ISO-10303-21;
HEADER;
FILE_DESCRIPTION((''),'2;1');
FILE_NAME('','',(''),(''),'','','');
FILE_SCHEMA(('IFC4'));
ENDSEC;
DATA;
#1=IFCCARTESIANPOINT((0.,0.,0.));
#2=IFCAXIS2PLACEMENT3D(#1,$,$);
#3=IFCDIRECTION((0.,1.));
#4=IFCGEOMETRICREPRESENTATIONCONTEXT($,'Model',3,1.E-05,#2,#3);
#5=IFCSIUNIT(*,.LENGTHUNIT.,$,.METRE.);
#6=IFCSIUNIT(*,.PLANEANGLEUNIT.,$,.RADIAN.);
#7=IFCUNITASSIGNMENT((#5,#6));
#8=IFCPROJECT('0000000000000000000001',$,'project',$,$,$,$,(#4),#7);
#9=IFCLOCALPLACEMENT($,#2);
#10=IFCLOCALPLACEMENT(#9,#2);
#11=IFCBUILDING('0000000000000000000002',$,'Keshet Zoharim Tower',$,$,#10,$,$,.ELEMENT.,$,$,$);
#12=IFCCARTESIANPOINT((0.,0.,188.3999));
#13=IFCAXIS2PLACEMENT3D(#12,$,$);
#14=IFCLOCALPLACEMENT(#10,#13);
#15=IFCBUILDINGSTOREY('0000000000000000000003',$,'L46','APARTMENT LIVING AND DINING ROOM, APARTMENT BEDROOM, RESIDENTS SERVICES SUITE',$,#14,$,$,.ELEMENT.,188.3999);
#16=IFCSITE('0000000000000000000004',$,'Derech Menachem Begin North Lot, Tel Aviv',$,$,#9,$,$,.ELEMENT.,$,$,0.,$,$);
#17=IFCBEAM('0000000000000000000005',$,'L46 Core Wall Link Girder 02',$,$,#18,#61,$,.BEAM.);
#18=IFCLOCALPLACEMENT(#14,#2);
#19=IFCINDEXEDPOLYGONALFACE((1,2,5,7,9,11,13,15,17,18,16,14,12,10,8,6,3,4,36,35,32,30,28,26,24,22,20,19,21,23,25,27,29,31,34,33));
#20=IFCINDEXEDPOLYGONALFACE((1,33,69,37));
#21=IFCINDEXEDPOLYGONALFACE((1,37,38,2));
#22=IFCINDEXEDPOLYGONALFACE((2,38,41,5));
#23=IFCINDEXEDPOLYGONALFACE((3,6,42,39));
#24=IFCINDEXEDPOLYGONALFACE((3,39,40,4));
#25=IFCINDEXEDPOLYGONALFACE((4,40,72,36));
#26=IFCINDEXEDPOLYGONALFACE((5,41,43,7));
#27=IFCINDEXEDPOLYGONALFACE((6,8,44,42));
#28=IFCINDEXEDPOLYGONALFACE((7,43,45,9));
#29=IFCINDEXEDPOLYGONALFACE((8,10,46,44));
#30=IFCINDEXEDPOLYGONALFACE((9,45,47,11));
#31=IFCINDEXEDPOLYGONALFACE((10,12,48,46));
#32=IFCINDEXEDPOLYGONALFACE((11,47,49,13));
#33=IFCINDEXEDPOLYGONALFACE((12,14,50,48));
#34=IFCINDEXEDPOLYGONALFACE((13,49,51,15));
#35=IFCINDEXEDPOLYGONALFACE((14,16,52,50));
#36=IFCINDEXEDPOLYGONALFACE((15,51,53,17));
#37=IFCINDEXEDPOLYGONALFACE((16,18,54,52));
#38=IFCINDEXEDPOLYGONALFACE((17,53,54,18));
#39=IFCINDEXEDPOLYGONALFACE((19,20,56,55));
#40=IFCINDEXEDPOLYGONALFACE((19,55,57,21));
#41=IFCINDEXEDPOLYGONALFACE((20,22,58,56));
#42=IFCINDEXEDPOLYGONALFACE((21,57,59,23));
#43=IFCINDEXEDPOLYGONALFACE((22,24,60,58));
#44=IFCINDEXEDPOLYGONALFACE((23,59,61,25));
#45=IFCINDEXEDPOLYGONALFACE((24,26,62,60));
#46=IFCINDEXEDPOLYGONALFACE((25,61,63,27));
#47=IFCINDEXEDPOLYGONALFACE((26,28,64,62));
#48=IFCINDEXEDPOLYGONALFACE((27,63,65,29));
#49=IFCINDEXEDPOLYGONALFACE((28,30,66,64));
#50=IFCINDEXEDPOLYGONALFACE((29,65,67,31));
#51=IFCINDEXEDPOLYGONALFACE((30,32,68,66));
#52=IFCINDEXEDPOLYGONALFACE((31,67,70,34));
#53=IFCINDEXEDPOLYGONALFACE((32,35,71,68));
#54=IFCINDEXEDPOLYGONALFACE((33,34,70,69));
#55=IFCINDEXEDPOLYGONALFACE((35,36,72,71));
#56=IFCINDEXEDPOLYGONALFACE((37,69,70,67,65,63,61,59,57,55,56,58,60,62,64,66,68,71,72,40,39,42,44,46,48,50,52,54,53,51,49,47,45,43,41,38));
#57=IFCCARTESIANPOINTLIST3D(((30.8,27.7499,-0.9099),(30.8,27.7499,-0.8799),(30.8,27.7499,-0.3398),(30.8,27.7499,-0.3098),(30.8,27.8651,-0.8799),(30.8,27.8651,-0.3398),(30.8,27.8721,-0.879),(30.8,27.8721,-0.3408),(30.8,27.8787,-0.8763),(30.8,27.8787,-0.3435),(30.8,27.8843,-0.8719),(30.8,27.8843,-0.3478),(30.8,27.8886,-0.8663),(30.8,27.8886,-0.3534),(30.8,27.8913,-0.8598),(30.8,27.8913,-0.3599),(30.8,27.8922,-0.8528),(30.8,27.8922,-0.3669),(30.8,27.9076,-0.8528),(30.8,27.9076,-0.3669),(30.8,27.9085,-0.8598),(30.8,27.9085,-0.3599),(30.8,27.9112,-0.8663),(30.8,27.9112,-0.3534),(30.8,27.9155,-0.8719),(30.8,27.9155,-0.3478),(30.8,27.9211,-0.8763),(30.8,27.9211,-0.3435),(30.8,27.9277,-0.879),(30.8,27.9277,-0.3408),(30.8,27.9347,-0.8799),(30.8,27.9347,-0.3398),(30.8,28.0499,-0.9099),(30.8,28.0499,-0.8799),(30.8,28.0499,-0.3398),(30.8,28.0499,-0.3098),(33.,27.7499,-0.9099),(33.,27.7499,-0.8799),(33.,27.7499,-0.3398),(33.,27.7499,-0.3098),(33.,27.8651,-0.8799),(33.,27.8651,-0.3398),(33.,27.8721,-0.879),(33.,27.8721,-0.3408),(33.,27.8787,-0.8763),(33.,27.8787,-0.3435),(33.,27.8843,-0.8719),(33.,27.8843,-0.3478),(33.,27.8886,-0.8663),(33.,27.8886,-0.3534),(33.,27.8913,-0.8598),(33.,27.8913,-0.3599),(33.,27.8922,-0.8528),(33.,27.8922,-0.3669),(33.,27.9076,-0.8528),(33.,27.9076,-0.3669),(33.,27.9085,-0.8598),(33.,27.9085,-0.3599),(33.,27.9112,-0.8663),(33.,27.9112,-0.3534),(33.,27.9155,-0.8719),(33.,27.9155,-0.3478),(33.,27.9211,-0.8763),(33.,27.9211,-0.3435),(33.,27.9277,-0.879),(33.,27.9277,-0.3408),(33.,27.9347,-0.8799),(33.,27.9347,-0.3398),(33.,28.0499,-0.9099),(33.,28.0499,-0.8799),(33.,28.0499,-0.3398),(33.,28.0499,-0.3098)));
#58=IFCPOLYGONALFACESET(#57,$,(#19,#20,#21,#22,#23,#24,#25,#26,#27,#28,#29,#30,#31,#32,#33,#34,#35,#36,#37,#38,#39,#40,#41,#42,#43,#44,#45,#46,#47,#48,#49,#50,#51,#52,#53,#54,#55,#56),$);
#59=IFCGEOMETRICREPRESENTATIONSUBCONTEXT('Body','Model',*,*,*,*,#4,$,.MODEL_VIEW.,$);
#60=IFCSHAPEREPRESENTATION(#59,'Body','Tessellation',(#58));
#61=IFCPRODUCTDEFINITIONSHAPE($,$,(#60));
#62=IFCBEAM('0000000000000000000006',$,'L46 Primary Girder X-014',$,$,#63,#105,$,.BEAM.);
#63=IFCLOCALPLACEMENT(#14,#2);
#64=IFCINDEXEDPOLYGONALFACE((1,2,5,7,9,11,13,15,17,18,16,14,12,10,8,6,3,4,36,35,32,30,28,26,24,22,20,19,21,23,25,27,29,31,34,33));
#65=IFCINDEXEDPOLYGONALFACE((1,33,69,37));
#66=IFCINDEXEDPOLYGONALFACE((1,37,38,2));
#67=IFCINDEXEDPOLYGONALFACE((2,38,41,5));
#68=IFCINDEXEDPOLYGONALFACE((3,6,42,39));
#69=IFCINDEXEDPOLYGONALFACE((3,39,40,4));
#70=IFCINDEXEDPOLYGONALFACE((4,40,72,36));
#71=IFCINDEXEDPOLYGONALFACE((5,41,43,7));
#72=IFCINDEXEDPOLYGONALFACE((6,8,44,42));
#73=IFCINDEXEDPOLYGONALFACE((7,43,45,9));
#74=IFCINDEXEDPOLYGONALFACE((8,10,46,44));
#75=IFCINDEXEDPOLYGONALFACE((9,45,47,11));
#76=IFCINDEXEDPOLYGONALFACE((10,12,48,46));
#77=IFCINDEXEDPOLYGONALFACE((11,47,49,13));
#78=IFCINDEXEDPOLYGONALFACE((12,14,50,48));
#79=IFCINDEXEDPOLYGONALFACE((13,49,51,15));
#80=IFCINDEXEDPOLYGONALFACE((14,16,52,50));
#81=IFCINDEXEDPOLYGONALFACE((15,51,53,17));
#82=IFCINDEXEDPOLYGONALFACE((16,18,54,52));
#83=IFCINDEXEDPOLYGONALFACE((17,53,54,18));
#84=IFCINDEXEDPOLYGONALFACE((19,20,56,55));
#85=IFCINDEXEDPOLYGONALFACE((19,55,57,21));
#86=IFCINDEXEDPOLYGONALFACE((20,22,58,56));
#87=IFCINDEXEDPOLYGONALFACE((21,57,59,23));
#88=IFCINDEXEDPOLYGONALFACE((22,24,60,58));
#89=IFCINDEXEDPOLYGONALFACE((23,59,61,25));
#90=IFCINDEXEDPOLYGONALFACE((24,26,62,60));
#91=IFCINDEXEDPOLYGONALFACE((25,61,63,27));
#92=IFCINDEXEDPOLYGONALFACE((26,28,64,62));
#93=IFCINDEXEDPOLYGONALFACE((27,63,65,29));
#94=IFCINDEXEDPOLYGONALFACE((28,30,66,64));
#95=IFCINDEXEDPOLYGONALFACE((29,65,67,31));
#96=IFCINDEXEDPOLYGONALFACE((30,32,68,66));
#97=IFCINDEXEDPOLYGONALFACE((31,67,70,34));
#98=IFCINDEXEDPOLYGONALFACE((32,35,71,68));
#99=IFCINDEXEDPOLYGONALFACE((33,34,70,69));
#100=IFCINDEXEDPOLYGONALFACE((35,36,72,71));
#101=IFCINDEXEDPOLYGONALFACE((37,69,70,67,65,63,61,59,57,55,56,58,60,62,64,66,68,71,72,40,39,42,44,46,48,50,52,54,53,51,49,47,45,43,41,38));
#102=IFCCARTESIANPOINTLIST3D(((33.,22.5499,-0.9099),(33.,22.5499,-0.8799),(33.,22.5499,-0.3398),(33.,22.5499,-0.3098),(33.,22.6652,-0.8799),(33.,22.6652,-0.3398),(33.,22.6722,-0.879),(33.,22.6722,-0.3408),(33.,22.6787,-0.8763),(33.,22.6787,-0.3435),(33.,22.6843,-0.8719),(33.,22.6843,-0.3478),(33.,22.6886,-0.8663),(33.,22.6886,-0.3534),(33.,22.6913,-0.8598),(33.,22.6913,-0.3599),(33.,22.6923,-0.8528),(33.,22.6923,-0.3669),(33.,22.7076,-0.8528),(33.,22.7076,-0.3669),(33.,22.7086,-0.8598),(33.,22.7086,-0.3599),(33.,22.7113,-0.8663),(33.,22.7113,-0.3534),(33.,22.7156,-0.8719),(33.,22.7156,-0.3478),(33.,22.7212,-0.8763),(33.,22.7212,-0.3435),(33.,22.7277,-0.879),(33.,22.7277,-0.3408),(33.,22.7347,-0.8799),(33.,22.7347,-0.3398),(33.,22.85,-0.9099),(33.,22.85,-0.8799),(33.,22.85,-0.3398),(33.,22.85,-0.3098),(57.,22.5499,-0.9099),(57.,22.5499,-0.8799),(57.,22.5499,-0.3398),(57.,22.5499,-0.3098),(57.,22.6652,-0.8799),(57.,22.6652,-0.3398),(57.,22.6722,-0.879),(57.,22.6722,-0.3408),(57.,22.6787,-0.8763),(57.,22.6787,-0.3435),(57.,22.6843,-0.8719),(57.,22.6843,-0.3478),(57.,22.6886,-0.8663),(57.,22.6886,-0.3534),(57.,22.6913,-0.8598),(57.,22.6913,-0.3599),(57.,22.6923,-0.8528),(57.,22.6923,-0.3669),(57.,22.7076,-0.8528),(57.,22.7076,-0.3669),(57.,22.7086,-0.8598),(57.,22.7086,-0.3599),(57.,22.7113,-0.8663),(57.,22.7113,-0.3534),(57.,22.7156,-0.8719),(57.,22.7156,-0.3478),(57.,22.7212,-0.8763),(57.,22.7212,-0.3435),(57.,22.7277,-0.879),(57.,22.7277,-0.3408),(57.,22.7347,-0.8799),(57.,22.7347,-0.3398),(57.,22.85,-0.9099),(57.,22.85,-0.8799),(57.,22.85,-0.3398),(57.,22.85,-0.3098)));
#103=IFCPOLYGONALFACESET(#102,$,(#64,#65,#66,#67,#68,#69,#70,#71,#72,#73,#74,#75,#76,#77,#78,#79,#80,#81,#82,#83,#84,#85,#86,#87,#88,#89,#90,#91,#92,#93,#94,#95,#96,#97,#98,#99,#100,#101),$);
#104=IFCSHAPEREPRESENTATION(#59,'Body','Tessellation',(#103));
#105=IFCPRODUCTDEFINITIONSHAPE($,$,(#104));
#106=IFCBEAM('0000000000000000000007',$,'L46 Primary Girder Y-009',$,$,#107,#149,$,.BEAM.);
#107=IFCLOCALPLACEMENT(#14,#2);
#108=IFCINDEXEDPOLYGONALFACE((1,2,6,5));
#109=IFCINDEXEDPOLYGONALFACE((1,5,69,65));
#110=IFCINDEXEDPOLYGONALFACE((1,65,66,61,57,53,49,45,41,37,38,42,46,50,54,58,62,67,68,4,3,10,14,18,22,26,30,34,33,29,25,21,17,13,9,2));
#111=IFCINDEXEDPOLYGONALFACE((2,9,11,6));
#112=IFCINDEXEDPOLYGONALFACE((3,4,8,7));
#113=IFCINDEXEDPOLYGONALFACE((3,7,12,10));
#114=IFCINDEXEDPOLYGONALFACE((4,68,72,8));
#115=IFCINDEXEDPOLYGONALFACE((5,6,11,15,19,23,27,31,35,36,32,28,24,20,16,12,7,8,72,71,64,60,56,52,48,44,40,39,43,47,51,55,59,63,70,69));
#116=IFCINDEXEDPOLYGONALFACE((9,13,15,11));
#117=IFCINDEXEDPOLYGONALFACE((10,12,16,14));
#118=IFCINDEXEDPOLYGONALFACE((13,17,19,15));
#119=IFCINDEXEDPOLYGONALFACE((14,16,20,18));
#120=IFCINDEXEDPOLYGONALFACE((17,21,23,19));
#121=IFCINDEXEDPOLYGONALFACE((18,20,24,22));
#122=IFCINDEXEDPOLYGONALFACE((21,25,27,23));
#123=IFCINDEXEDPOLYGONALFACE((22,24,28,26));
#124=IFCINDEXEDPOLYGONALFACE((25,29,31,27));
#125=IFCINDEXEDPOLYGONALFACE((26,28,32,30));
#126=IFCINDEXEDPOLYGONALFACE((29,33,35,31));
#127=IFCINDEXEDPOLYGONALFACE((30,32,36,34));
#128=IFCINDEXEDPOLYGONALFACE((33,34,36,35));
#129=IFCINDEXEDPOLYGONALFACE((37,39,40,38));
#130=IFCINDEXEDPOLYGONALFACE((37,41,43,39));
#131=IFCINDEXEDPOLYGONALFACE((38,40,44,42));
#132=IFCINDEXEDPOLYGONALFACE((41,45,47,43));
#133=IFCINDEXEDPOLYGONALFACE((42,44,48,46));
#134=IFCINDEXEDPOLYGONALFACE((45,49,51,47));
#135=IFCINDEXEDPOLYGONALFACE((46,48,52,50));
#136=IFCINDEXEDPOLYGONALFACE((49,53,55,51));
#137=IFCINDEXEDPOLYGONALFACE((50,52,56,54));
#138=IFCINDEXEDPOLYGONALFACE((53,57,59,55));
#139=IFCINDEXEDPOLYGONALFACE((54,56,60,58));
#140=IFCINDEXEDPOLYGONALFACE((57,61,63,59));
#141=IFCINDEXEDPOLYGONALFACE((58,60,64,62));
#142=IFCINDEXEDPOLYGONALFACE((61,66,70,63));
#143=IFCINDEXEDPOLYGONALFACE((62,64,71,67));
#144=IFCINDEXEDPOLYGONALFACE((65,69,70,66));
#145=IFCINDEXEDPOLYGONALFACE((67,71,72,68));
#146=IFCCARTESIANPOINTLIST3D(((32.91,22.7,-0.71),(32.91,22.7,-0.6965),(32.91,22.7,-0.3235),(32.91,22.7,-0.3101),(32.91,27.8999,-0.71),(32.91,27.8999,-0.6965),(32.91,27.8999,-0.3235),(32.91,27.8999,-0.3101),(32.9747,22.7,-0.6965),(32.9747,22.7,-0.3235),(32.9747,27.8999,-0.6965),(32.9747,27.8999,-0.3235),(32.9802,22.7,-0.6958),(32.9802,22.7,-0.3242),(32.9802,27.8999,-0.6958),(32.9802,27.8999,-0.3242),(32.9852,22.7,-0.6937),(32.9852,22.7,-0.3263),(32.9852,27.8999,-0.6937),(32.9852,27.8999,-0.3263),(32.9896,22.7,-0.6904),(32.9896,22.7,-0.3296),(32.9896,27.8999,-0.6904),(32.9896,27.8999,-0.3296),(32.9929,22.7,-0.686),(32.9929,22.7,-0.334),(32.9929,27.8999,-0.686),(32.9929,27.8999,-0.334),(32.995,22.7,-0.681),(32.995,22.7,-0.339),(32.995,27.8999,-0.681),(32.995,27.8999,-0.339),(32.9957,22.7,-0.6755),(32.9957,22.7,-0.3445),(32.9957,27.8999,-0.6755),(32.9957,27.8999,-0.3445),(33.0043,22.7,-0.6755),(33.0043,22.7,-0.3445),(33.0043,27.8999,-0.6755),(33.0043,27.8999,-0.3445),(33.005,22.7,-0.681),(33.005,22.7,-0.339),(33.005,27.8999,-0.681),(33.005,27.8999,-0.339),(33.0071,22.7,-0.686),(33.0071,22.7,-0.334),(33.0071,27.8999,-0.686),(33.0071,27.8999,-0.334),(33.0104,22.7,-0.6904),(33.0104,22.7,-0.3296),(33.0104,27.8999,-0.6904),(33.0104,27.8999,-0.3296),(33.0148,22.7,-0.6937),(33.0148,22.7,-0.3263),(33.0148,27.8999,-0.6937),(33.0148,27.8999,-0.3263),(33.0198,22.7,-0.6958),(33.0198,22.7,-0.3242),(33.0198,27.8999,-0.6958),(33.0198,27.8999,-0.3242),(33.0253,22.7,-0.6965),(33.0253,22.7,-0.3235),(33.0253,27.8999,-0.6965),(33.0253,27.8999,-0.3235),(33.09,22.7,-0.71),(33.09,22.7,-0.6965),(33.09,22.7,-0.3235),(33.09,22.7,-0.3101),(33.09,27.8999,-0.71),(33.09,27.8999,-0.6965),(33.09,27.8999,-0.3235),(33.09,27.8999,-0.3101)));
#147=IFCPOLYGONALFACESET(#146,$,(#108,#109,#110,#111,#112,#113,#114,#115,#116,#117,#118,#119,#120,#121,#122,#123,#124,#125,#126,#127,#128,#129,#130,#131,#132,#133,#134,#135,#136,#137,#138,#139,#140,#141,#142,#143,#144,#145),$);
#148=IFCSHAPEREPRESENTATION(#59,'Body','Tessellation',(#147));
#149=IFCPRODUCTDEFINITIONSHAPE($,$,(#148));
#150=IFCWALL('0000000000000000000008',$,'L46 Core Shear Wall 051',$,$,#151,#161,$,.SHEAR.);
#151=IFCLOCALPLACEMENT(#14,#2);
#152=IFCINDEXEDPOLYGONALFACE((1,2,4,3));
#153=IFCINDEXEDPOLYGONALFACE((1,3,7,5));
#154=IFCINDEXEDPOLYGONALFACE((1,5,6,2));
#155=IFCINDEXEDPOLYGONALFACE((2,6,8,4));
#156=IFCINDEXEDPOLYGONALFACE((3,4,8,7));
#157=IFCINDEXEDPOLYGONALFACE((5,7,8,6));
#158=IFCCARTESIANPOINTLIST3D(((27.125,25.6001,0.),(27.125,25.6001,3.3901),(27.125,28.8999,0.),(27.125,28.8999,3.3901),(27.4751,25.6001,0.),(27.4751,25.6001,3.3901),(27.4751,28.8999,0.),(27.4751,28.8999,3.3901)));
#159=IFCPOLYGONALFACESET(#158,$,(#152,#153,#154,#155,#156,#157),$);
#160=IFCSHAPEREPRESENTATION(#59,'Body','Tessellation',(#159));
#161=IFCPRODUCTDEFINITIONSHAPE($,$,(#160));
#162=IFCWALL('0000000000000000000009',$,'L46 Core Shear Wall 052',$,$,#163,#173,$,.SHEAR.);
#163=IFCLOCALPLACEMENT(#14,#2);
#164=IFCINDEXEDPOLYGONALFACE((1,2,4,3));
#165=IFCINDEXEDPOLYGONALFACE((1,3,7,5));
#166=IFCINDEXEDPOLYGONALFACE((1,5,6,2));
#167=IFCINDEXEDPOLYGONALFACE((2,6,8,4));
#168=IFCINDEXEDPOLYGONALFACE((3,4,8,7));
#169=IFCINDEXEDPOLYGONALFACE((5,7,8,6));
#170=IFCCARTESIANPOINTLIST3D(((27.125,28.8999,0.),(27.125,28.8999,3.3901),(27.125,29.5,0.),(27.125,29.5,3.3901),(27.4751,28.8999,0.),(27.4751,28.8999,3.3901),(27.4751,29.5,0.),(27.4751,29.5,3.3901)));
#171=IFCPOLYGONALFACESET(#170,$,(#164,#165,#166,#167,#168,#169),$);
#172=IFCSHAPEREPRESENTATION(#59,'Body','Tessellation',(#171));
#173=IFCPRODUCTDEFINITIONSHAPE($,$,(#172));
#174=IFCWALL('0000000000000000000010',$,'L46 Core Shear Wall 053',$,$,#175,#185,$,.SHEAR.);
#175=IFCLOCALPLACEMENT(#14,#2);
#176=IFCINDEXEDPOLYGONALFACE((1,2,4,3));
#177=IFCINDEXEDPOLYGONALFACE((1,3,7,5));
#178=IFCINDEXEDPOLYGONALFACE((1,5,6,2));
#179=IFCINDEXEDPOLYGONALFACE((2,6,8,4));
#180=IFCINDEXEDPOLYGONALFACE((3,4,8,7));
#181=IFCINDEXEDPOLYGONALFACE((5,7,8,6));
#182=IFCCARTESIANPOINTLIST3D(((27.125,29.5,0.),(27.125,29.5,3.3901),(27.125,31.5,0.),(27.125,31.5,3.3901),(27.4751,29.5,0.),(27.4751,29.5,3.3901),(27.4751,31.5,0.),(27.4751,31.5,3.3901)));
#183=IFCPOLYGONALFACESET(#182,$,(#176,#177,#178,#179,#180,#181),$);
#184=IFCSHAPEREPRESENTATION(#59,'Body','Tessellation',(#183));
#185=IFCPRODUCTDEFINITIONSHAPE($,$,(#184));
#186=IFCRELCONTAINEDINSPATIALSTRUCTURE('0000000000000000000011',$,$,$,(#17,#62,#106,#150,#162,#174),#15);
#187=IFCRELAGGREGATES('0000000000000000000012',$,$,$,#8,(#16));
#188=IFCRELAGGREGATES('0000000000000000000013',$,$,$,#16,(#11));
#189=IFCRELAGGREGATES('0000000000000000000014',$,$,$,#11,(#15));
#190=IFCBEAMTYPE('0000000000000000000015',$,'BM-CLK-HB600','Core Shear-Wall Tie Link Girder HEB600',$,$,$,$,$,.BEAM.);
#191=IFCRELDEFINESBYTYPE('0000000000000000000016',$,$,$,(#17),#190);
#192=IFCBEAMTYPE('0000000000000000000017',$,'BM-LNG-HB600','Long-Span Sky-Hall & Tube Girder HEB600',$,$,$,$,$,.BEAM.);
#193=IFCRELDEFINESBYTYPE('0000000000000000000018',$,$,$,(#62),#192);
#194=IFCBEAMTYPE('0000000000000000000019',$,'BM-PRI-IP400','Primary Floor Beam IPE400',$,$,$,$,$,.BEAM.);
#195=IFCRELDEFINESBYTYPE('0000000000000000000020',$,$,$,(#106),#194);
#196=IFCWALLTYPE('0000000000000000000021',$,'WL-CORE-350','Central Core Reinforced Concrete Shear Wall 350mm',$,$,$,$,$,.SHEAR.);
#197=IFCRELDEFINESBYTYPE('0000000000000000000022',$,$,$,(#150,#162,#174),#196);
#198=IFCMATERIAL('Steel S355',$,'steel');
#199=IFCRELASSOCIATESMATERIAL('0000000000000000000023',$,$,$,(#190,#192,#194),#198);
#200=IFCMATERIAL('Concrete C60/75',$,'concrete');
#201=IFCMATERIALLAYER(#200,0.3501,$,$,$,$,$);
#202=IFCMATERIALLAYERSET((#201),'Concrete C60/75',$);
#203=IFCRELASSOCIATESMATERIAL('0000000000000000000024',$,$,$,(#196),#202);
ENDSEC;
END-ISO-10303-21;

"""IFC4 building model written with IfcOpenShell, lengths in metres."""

from ifc_helpers import new_model, si_unit, direction, frame, frame_2d, origin, origin_2d, place, context, subcontext, project, spatial, rectangle, i_section, extrude, material, layer, layer_set, material_profile, profile_set, type_object, element, save


model = new_model("IFC4")

# Units and contexts
model_context = context("Model", 3, precision=1e-05, world=origin(), true_north=direction((0.0, 1.0)))
body_context = subcontext(model_context, "Body", "Model", "MODEL_VIEW")
ifc_project = project(units=[si_unit("LENGTHUNIT", "METRE"), si_unit("PLANEANGLEUNIT", "RADIAN")], contexts=[model_context])

# Site, building, storey
site_placement = place(None, origin())
site = spatial("IfcSite", under=ifc_project, at=site_placement, Name="Derech Menachem Begin North Lot, Tel Aviv", CompositionType="ELEMENT", RefElevation=0.0)
building_placement = place(site_placement, origin())
building = spatial("IfcBuilding", under=site, at=building_placement, Name="Keshet Zoharim Tower", CompositionType="ELEMENT")
storey_placement = place(building_placement, frame((0.0, 0.0, 188.3999)))
storey = spatial("IfcBuildingStorey", under=building, at=storey_placement, Name="L46", Description="APARTMENT LIVING AND DINING ROOM, APARTMENT BEDROOM, RESIDENTS SERVICES SUITE", CompositionType="ELEMENT", Elevation=188.3999)

# Beams
ifc_material_1 = material(Name="Steel S355", Category="steel")
ifc_material_profile_1 = material_profile(ifc_material_1, i_section(OverallWidth=0.3, OverallDepth=0.6001, WebThickness=0.0154, FlangeThickness=0.03, FilletRadius=0.0271, at=origin_2d()), Name="HEB600")
ifc_profile_set_1 = profile_set([ifc_material_profile_1], Name="Steel S355")
beam_type_1 = type_object("IfcBeamType", Name="BM-CLK-HB600", Description="Core Shear-Wall Tie Link Girder HEB600", PredefinedType="BEAM", material=ifc_profile_set_1)
beam_1_placement = place(storey_placement, frame((30.8, 27.8999, -0.6099), z_axis=(1.0, 0.0, 0.0), x_axis=(0.0, 1.0, 0.0)))
element("IfcBeam", 1, at=beam_1_placement, inside=storey, type_object=beam_type_1, Name="L46 Core Wall Link Girder 02", PredefinedType="BEAM", context=body_context, shape_type="SweptSolid", body=[
    extrude(i_section(OverallWidth=0.3, OverallDepth=0.6001, WebThickness=0.0154, FlangeThickness=0.03, FilletRadius=0.0271, at=origin_2d()), origin(), (0.0, 0.0, 1.0), 2.2),
])
ifc_material_profile_2 = material_profile(ifc_material_1, i_section(OverallWidth=0.3, OverallDepth=0.6001, WebThickness=0.0154, FlangeThickness=0.03, FilletRadius=0.0271, at=origin_2d()), Name="HEB600")
ifc_profile_set_2 = profile_set([ifc_material_profile_2], Name="Steel S355")
beam_type_2 = type_object("IfcBeamType", Name="BM-LNG-HB600", Description="Long-Span Sky-Hall & Tube Girder HEB600", PredefinedType="BEAM", material=ifc_profile_set_2)
beam_2_placement = place(storey_placement, frame((33.0, 22.7, -0.6099), z_axis=(1.0, 0.0, 0.0), x_axis=(0.0, 1.0, 0.0)))
element("IfcBeam", 2, at=beam_2_placement, inside=storey, type_object=beam_type_2, Name="L46 Primary Girder X-014", PredefinedType="BEAM", context=body_context, shape_type="SweptSolid", body=[
    extrude(i_section(OverallWidth=0.3, OverallDepth=0.6001, WebThickness=0.0154, FlangeThickness=0.03, FilletRadius=0.0271, at=origin_2d()), origin(), (0.0, 0.0, 1.0), 24.0),
])
ifc_material_profile_3 = material_profile(ifc_material_1, i_section(OverallWidth=0.1799, OverallDepth=0.3999, WebThickness=0.0085, FlangeThickness=0.0134, FilletRadius=0.021, at=origin_2d()), Name="IPE400")
ifc_profile_set_3 = profile_set([ifc_material_profile_3], Name="Steel S355")
beam_type_3 = type_object("IfcBeamType", Name="BM-PRI-IP400", Description="Primary Floor Beam IPE400", PredefinedType="BEAM", material=ifc_profile_set_3)
beam_3_placement = place(storey_placement, frame((33.0, 22.7, -0.51), z_axis=(0.0, 1.0, 0.0), x_axis=(-1.0, 0.0, 0.0)))
element("IfcBeam", 3, at=beam_3_placement, inside=storey, type_object=beam_type_3, Name="L46 Primary Girder Y-009", PredefinedType="BEAM", context=body_context, shape_type="SweptSolid", body=[
    extrude(i_section(OverallWidth=0.1799, OverallDepth=0.3999, WebThickness=0.0085, FlangeThickness=0.0134, FilletRadius=0.021, at=origin_2d()), origin(), (0.0, 0.0, 1.0), 5.2),
])

# Walls
ifc_material_2 = material(Name="Concrete C60/75", Category="concrete")
ifc_layer_1 = layer(ifc_material_2, 0.3501)
ifc_layer_set_1 = layer_set([ifc_layer_1], Name="Concrete C60/75")
wall_type_1 = type_object("IfcWallType", Name="WL-CORE-350", Description="Central Core Reinforced Concrete Shear Wall 350mm", PredefinedType="SHEAR", material=ifc_layer_set_1)
wall_1_placement = place(storey_placement, frame((27.3, 25.6001, 0.0), z_axis=(0.0, 0.0, 1.0), x_axis=(0.0, 1.0, 0.0)))
element("IfcWall", 4, at=wall_1_placement, inside=storey, type_object=wall_type_1, Name="L46 Core Shear Wall 051", PredefinedType="SHEAR", context=body_context, shape_type="SweptSolid", body=[
    extrude(rectangle(XDim=3.2998, YDim=0.3501, at=frame_2d((1.6499, 0.0))), origin(), (0.0, 0.0, 1.0), 3.3901),
])
wall_2_placement = place(storey_placement, frame((27.3, 28.8999, 0.0), z_axis=(0.0, 0.0, 1.0), x_axis=(0.0, 1.0, 0.0)))
element("IfcWall", 5, at=wall_2_placement, inside=storey, type_object=wall_type_1, Name="L46 Core Shear Wall 052", PredefinedType="SHEAR", context=body_context, shape_type="SweptSolid", body=[
    extrude(rectangle(XDim=0.6001, YDim=0.3501, at=frame_2d((0.3, 0.0))), origin(), (0.0, 0.0, 1.0), 3.3901),
])
wall_3_placement = place(storey_placement, frame((27.3, 29.5, 0.0), z_axis=(0.0, 0.0, 1.0), x_axis=(0.0, 1.0, 0.0)))
element("IfcWall", 6, at=wall_3_placement, inside=storey, type_object=wall_type_1, Name="L46 Core Shear Wall 053", PredefinedType="SHEAR", context=body_context, shape_type="SweptSolid", body=[
    extrude(rectangle(XDim=2.0, YDim=0.3501, at=frame_2d((1.0, 0.0))), origin(), (0.0, 0.0, 1.0), 3.3901),
])

save(model, "model.ifc")
